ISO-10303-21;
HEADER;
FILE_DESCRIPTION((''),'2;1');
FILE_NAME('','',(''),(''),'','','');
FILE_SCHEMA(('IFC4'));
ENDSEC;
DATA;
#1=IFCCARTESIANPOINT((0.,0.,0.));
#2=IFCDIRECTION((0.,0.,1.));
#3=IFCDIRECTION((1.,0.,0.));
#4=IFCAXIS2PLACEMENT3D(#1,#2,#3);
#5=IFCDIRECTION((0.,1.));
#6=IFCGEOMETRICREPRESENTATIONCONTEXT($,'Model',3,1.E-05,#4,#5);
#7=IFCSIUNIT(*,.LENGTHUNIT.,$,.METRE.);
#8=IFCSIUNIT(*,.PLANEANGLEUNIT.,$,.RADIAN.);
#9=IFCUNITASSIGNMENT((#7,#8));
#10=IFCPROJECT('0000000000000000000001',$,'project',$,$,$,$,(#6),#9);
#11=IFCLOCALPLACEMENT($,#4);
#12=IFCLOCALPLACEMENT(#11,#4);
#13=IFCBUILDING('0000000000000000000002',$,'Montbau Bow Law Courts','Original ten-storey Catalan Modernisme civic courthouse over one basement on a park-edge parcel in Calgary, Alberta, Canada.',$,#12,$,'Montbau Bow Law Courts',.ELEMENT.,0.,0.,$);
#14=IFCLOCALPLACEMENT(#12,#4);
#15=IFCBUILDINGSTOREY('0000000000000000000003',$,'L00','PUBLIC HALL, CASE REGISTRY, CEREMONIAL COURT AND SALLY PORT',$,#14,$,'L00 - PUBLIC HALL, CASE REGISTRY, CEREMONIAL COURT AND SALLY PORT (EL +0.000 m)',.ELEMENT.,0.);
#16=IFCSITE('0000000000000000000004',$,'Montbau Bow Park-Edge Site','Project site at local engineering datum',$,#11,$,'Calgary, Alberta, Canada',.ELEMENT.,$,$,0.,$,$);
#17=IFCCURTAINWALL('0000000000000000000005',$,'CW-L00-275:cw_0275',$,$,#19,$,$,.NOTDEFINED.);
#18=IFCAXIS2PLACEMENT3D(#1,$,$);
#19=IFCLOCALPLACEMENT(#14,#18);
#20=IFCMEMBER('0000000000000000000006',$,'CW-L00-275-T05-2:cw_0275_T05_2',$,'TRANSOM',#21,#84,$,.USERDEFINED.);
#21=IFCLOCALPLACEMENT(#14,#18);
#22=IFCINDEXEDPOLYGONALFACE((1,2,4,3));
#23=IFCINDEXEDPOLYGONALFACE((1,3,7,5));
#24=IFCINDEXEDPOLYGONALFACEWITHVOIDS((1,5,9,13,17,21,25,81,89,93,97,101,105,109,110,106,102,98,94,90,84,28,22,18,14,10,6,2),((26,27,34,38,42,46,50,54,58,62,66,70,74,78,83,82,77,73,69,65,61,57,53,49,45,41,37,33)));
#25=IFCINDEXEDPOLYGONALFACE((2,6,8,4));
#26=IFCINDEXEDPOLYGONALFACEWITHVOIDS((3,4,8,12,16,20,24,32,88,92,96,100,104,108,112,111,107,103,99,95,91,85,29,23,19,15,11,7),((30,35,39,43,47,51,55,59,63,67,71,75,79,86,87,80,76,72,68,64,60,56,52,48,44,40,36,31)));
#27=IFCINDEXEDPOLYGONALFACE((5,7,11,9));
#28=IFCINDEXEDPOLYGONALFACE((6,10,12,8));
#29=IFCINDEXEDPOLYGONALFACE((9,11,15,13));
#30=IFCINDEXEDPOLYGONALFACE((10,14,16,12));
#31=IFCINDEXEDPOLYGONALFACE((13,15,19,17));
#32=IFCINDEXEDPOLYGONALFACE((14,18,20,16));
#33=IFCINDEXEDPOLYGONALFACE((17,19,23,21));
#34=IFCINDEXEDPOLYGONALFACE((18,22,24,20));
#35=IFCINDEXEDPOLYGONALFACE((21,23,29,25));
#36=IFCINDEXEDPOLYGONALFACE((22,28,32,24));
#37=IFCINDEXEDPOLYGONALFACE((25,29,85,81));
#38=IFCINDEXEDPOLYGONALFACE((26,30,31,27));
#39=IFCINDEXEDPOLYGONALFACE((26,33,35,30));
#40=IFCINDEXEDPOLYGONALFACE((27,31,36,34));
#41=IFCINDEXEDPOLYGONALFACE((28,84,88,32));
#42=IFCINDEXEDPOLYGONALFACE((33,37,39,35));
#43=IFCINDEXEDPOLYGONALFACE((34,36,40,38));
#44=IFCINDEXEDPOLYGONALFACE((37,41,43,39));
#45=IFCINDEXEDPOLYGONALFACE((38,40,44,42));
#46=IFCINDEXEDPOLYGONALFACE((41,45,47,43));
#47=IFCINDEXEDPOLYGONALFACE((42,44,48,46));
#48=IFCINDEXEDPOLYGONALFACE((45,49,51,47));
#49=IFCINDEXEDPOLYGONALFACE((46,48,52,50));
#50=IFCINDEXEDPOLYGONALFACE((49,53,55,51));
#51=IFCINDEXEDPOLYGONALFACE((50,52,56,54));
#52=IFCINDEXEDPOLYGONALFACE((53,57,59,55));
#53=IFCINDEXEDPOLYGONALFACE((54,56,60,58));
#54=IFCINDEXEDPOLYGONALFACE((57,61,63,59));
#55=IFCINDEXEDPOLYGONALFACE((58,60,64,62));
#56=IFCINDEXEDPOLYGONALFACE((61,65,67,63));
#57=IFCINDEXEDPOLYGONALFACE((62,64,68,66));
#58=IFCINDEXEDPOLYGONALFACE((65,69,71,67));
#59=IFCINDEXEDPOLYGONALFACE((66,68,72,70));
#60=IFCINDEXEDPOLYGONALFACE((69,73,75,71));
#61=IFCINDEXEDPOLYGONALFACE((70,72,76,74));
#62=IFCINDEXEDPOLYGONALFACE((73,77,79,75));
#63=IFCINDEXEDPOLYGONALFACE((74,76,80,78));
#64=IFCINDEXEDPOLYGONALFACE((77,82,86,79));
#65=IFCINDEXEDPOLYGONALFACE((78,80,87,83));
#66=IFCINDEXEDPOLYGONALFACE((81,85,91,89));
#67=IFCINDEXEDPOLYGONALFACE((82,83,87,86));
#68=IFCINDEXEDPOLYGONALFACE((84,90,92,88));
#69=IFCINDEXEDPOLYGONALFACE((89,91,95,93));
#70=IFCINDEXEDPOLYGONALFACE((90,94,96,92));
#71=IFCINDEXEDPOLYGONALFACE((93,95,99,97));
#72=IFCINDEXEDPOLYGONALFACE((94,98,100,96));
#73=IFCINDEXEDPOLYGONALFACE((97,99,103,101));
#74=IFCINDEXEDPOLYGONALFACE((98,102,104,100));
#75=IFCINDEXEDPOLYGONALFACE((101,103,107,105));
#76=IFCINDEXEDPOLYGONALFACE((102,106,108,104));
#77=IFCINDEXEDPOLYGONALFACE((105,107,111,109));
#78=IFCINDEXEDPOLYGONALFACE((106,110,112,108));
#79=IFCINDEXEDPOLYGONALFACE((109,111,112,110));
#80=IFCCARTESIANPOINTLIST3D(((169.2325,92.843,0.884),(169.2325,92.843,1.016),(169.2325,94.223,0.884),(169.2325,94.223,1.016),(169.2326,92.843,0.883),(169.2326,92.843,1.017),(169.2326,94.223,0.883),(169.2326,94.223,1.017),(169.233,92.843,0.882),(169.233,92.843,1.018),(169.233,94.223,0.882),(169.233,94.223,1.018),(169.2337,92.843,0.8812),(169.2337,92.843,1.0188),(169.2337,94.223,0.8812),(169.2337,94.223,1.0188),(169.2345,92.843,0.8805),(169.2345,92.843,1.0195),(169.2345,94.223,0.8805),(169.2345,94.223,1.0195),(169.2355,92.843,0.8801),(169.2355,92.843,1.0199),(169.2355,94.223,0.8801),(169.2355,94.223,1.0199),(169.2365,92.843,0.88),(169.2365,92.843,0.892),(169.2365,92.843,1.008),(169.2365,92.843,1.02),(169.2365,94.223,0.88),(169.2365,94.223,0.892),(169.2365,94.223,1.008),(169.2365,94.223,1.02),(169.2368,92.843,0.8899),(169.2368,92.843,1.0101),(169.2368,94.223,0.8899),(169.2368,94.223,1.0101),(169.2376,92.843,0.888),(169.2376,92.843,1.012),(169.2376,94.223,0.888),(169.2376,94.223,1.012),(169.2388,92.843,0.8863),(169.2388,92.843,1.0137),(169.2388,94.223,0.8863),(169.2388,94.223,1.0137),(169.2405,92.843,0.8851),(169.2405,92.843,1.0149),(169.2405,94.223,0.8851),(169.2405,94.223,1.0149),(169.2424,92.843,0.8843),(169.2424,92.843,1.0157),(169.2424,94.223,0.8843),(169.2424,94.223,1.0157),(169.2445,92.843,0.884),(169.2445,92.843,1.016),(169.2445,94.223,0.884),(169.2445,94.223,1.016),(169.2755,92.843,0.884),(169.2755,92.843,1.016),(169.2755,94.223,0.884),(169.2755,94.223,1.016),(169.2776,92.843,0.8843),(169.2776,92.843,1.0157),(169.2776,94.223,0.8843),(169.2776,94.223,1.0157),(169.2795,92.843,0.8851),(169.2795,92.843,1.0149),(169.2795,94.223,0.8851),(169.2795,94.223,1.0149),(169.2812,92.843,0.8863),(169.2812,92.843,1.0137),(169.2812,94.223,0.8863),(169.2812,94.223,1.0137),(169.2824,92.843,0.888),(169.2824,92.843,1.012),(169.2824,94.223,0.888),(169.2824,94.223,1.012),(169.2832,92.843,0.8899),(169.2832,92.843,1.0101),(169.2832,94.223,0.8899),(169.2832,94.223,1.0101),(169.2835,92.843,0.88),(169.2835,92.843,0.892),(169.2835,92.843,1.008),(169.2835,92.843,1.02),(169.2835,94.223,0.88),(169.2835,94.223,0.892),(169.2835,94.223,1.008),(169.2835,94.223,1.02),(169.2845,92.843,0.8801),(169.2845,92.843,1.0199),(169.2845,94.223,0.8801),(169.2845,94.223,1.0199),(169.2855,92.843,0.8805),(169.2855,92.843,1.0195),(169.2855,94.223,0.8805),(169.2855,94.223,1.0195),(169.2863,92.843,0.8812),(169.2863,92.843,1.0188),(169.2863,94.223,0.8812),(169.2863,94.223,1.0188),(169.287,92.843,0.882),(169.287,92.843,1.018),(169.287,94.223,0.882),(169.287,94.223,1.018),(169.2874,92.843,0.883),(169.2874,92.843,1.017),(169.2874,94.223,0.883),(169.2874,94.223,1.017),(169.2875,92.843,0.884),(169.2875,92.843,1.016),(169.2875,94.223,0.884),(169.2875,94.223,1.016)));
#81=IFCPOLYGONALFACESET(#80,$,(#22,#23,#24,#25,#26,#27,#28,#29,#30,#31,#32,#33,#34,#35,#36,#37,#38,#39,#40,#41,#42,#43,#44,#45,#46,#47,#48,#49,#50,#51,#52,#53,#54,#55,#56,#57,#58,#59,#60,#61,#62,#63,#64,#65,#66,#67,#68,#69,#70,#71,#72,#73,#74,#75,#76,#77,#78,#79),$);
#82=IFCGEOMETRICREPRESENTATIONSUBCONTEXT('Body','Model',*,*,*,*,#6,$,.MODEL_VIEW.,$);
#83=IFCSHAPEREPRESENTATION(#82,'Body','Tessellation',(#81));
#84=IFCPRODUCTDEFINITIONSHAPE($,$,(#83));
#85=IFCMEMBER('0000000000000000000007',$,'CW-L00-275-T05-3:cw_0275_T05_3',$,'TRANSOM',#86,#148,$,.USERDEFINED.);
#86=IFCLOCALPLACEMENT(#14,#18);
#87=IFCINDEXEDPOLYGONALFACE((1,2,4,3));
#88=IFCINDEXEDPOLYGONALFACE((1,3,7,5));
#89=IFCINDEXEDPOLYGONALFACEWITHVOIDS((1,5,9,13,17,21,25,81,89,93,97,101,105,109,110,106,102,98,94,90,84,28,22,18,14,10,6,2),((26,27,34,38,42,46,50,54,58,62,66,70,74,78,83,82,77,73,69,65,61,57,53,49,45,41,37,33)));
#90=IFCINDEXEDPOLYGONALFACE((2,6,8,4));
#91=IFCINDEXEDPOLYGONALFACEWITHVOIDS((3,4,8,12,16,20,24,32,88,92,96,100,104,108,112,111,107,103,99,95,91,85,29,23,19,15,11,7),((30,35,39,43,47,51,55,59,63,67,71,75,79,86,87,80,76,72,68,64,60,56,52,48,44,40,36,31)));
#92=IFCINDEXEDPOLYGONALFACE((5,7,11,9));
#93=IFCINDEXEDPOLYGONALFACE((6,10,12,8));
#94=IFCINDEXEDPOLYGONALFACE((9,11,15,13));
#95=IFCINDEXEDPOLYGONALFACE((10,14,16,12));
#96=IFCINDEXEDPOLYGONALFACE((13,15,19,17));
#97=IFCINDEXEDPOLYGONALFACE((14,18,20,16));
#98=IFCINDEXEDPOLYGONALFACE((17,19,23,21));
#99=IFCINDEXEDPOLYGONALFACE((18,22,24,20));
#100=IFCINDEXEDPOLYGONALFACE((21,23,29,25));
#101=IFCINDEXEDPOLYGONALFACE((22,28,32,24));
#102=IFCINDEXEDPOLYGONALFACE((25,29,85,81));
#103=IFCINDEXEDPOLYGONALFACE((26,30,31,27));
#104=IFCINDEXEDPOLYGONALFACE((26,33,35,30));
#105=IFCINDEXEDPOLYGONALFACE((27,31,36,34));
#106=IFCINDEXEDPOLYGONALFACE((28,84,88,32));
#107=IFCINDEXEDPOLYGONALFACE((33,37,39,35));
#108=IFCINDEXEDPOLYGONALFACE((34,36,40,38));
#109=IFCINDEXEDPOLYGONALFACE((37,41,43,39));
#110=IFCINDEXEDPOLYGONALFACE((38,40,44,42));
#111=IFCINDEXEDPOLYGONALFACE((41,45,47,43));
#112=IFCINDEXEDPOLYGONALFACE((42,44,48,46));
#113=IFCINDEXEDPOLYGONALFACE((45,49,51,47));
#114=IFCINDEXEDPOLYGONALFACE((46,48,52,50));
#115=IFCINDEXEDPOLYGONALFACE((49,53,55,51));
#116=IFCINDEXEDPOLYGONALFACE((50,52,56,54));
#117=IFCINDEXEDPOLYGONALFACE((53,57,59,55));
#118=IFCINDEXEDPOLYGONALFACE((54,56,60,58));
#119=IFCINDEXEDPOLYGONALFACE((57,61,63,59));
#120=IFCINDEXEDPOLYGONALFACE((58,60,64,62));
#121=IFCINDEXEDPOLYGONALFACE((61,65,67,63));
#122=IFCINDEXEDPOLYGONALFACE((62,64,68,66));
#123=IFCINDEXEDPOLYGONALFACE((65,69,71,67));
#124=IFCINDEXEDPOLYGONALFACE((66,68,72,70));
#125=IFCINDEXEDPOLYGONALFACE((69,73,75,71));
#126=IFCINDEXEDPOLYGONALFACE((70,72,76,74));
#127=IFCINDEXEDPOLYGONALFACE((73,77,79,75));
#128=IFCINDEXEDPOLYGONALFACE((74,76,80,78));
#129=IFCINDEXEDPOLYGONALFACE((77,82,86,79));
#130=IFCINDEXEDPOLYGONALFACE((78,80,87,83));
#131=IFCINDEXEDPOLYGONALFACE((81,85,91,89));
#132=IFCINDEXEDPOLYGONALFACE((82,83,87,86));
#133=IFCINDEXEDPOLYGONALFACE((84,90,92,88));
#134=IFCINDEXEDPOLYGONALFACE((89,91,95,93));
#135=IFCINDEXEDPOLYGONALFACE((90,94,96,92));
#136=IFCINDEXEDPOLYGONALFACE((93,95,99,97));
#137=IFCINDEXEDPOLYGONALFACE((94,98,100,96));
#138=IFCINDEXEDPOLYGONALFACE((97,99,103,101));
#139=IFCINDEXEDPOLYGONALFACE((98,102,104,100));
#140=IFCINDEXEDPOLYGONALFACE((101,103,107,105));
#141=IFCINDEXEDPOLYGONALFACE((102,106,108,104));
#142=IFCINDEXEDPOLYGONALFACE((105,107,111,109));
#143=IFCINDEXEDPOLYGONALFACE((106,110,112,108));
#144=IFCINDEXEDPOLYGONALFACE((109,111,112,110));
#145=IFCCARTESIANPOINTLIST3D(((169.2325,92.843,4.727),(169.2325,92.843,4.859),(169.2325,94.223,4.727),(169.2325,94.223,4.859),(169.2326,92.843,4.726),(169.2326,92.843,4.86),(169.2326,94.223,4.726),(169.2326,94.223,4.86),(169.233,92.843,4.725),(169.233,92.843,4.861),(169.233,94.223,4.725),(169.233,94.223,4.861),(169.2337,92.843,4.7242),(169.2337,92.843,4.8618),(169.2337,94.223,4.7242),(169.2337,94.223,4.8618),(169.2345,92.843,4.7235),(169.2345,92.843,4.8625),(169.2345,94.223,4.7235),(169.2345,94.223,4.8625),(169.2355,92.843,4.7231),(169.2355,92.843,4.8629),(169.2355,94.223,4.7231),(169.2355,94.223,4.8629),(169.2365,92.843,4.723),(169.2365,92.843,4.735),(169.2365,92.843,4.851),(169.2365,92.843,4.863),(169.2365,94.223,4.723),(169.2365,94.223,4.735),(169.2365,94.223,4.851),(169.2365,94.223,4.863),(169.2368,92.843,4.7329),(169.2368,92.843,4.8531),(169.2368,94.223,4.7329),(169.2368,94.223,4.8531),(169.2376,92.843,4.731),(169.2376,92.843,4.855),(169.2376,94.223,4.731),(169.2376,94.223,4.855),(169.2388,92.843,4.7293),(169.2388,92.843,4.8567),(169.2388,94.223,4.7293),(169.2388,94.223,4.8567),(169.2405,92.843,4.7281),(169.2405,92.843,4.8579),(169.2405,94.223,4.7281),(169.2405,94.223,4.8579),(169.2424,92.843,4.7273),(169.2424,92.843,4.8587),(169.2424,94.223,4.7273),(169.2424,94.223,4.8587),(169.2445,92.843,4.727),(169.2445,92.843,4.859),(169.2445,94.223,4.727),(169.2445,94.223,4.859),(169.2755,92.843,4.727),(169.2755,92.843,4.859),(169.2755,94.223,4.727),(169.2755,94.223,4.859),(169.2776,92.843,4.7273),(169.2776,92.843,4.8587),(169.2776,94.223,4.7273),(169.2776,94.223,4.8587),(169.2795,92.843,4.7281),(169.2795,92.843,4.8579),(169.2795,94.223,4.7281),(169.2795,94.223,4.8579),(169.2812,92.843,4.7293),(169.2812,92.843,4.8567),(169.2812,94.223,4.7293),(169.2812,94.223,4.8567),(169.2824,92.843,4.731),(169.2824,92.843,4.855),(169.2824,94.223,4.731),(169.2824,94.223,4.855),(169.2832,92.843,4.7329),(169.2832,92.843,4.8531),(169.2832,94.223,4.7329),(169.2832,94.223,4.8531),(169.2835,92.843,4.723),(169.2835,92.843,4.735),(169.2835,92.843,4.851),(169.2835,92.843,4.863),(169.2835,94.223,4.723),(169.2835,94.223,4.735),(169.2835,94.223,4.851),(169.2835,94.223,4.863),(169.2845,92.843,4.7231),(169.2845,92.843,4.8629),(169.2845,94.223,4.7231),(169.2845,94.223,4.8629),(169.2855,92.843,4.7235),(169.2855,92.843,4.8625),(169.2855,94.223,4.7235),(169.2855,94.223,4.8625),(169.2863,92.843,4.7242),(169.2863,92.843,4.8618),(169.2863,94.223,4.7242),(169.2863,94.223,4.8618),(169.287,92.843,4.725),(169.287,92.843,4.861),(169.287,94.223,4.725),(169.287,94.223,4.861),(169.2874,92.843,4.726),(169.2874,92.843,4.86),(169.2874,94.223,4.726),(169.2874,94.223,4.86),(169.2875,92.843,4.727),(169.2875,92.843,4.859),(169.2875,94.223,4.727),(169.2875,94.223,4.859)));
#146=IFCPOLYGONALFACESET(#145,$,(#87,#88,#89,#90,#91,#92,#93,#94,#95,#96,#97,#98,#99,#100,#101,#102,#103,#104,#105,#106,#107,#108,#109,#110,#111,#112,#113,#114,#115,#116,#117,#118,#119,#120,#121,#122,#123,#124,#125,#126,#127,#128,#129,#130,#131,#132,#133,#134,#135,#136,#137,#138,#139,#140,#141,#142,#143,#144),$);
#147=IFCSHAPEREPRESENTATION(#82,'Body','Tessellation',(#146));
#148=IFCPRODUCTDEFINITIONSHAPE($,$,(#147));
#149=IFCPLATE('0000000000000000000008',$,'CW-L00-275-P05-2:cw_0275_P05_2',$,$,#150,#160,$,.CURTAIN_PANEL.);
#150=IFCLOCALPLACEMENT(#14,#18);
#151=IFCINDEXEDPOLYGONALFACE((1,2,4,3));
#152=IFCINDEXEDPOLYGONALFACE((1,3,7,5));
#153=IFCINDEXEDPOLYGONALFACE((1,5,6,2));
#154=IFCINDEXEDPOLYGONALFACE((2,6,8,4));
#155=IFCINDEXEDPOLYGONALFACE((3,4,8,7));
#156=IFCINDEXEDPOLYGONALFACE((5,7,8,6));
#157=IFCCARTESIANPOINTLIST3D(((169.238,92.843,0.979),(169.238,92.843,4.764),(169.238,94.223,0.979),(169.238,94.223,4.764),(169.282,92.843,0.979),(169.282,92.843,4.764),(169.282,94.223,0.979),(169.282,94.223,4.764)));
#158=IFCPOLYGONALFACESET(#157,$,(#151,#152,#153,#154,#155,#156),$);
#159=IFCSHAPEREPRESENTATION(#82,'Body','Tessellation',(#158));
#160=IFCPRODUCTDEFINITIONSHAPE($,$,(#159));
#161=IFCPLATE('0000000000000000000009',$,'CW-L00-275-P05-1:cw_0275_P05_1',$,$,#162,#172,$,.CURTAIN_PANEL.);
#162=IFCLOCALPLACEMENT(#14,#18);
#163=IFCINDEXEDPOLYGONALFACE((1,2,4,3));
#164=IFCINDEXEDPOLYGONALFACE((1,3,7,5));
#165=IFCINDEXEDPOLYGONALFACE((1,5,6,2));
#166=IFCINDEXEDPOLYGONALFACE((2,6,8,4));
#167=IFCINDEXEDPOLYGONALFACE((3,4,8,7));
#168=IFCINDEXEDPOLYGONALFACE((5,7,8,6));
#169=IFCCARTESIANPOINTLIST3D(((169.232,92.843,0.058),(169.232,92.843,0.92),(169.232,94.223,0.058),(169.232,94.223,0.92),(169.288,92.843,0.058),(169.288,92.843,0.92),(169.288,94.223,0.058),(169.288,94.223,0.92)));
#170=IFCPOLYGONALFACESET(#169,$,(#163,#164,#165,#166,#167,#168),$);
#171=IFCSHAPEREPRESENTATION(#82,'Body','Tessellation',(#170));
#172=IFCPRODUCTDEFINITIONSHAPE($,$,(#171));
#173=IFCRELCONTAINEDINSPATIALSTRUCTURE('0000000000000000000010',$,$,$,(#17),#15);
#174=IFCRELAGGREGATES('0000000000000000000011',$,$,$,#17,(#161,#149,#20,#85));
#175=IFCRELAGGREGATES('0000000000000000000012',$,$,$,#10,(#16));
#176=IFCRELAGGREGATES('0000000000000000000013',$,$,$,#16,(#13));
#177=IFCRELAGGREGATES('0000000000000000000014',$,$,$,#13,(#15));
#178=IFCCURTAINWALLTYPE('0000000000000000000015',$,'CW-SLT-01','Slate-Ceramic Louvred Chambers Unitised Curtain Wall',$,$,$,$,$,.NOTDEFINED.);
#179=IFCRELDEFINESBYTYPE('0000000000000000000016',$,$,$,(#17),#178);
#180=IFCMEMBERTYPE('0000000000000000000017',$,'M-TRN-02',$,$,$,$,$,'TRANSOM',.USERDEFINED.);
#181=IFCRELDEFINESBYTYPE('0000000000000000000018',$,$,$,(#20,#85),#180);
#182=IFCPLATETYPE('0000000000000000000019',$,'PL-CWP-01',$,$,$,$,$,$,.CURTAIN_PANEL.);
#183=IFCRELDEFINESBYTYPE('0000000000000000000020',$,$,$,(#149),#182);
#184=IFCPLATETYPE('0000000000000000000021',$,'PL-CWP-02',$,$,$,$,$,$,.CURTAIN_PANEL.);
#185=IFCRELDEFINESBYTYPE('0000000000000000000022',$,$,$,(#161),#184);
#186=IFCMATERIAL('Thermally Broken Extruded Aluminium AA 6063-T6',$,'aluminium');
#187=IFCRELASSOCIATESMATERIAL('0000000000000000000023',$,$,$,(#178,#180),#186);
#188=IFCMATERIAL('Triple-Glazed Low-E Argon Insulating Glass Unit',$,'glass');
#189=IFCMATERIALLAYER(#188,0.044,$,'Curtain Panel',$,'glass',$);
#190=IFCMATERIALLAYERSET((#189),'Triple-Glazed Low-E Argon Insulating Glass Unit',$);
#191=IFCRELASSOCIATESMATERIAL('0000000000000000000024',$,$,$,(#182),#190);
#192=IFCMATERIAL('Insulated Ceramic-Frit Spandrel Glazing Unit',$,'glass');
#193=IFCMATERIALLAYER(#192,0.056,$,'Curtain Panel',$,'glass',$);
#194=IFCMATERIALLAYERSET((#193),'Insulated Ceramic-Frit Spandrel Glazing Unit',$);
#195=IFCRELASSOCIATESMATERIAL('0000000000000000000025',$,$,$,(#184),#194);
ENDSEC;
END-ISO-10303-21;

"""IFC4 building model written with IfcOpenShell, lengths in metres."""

from ifc_helpers import new_model, si_unit, direction, frame, frame_2d, origin_with_axes, origin_2d_with_axis, place, context, subcontext, project, spatial, rectangle, hollow_rectangle, extrude, material, layer, layer_set, material_profile, profile_set, type_object, element, aggregate, save


model = new_model("IFC4")

# Units and contexts
model_context = context("Model", 3, precision=1e-05, world=origin_with_axes(), true_north=direction((0.0, 1.0)))
body_context = subcontext(model_context, "Body", "Model", "MODEL_VIEW")
ifc_project = project(units=[si_unit("LENGTHUNIT", "METRE"), si_unit("PLANEANGLEUNIT", "RADIAN")], contexts=[model_context])

# Site, building, storey
site_placement = place(None, origin_with_axes())
site = spatial("IfcSite", under=ifc_project, at=site_placement, Name="Montbau Bow Park-Edge Site", Description="Project site at local engineering datum", LongName="Calgary, Alberta, Canada", CompositionType="ELEMENT", RefElevation=0.0)
building_placement = place(site_placement, origin_with_axes())
building = spatial("IfcBuilding", under=site, at=building_placement, Name="Montbau Bow Law Courts", Description="Original ten-storey Catalan Modernisme civic courthouse over one basement on a park-edge parcel in Calgary, Alberta, Canada.", LongName="Montbau Bow Law Courts", CompositionType="ELEMENT", ElevationOfRefHeight=0.0, ElevationOfTerrain=0.0)
storey_placement = place(building_placement, origin_with_axes())
storey = spatial("IfcBuildingStorey", under=building, at=storey_placement, Name="L00", Description="PUBLIC HALL, CASE REGISTRY, CEREMONIAL COURT AND SALLY PORT", LongName="L00 - PUBLIC HALL, CASE REGISTRY, CEREMONIAL COURT AND SALLY PORT (EL +0.000 m)", CompositionType="ELEMENT", Elevation=0.0)

# Curtain wall, members, plates
ifc_material_1 = material(Name="Thermally Broken Extruded Aluminium AA 6063-T6", Category="aluminium")
curtain_wall_type = type_object("IfcCurtainWallType", Name="CW-SLT-01", Description="Slate-Ceramic Louvred Chambers Unitised Curtain Wall", PredefinedType="NOTDEFINED", material=ifc_material_1)
curtain_wall_placement = place(None, frame((169.26, 86.915, 0.0), z_axis=(0.0, 0.0, 1.0), x_axis=(1.0, 0.0, 0.0)))
curtain_wall = element("IfcCurtainWall", 1, at=curtain_wall_placement, inside=storey, type_object=curtain_wall_type, Name="CW-L00-275:cw_0275", PredefinedType="NOTDEFINED")
ifc_material_profile_1 = material_profile(ifc_material_1, hollow_rectangle(XDim=0.055, YDim=0.14, WallThickness=0.004, InnerFilletRadius=0.008, OuterFilletRadius=0.004, at=origin_2d_with_axis()), Name="CWT-140X55", Category="Main", Priority=0)
ifc_profile_set_1 = profile_set([ifc_material_profile_1], Name="Thermally Broken Extruded Aluminium AA 6063-T6")
member_type_1 = type_object("IfcMemberType", Name="M-TRN-02", ElementType="TRANSOM", PredefinedType="USERDEFINED", material=ifc_profile_set_1)
member_1_placement = place(None, frame((169.26, 92.843, 0.95), z_axis=(0.0, 1.0, 0.0), x_axis=(-1.0, 0.0, 0.0)))
member_1 = element("IfcMember", 2, at=member_1_placement, type_object=member_type_1, Name="CW-L00-275-T05-2:cw_0275_T05_2", ObjectType="TRANSOM", PredefinedType="USERDEFINED", context=body_context, shape_type="SweptSolid", body=[
    extrude(hollow_rectangle(XDim=0.055, YDim=0.14, WallThickness=0.004, InnerFilletRadius=0.008, OuterFilletRadius=0.004, at=origin_2d_with_axis()), origin_with_axes(), (0.0, 0.0, 1.0), 1.38),
])
member_2_placement = place(None, frame((169.26, 92.843, 4.793), z_axis=(0.0, 1.0, 0.0), x_axis=(-1.0, 0.0, 0.0)))
member_2 = element("IfcMember", 3, at=member_2_placement, type_object=member_type_1, Name="CW-L00-275-T05-3:cw_0275_T05_3", ObjectType="TRANSOM", PredefinedType="USERDEFINED", context=body_context, shape_type="SweptSolid", body=[
    extrude(hollow_rectangle(XDim=0.055, YDim=0.14, WallThickness=0.004, InnerFilletRadius=0.008, OuterFilletRadius=0.004, at=origin_2d_with_axis()), origin_with_axes(), (0.0, 0.0, 1.0), 1.38),
])
ifc_material_2 = material(Name="Triple-Glazed Low-E Argon Insulating Glass Unit", Category="glass")
ifc_layer_1 = layer(ifc_material_2, 0.044, Name="Curtain Panel", Category="glass")
ifc_layer_set_1 = layer_set([ifc_layer_1], Name="Triple-Glazed Low-E Argon Insulating Glass Unit")
plate_type_1 = type_object("IfcPlateType", Name="PL-CWP-01", PredefinedType="CURTAIN_PANEL", material=ifc_layer_set_1)
plate_1_placement = place(None, frame((169.26, 92.843, 0.979), z_axis=(1.0, 0.0, 0.0), x_axis=(0.0, 1.0, 0.0)))
plate_1 = element("IfcPlate", 4, at=plate_1_placement, type_object=plate_type_1, Name="CW-L00-275-P05-2:cw_0275_P05_2", PredefinedType="CURTAIN_PANEL", context=body_context, shape_type="SweptSolid", body=[
    extrude(rectangle(XDim=1.38, YDim=3.785, at=frame_2d((0.69, 1.8925), x_axis=(1.0, 0.0))), frame((0.0, 0.0, -0.022), z_axis=(0.0, 0.0, 1.0), x_axis=(1.0, 0.0, 0.0)), (0.0, 0.0, 1.0), 0.044),
])
ifc_material_3 = material(Name="Insulated Ceramic-Frit Spandrel Glazing Unit", Category="glass")
ifc_layer_2 = layer(ifc_material_3, 0.056, Name="Curtain Panel", Category="glass")
ifc_layer_set_2 = layer_set([ifc_layer_2], Name="Insulated Ceramic-Frit Spandrel Glazing Unit")
plate_type_2 = type_object("IfcPlateType", Name="PL-CWP-02", PredefinedType="CURTAIN_PANEL", material=ifc_layer_set_2)
plate_2_placement = place(None, frame((169.26, 92.843, 0.058), z_axis=(1.0, 0.0, 0.0), x_axis=(0.0, 1.0, 0.0)))
plate_2 = element("IfcPlate", 5, at=plate_2_placement, type_object=plate_type_2, Name="CW-L00-275-P05-1:cw_0275_P05_1", PredefinedType="CURTAIN_PANEL", context=body_context, shape_type="SweptSolid", body=[
    extrude(rectangle(XDim=1.38, YDim=0.862, at=frame_2d((0.69, 0.431), x_axis=(1.0, 0.0))), frame((0.0, 0.0, -0.028), z_axis=(0.0, 0.0, 1.0), x_axis=(1.0, 0.0, 0.0)), (0.0, 0.0, 1.0), 0.056),
])
aggregate(curtain_wall, [plate_2, plate_1, member_1, member_2])

save(model, "model.ifc")
